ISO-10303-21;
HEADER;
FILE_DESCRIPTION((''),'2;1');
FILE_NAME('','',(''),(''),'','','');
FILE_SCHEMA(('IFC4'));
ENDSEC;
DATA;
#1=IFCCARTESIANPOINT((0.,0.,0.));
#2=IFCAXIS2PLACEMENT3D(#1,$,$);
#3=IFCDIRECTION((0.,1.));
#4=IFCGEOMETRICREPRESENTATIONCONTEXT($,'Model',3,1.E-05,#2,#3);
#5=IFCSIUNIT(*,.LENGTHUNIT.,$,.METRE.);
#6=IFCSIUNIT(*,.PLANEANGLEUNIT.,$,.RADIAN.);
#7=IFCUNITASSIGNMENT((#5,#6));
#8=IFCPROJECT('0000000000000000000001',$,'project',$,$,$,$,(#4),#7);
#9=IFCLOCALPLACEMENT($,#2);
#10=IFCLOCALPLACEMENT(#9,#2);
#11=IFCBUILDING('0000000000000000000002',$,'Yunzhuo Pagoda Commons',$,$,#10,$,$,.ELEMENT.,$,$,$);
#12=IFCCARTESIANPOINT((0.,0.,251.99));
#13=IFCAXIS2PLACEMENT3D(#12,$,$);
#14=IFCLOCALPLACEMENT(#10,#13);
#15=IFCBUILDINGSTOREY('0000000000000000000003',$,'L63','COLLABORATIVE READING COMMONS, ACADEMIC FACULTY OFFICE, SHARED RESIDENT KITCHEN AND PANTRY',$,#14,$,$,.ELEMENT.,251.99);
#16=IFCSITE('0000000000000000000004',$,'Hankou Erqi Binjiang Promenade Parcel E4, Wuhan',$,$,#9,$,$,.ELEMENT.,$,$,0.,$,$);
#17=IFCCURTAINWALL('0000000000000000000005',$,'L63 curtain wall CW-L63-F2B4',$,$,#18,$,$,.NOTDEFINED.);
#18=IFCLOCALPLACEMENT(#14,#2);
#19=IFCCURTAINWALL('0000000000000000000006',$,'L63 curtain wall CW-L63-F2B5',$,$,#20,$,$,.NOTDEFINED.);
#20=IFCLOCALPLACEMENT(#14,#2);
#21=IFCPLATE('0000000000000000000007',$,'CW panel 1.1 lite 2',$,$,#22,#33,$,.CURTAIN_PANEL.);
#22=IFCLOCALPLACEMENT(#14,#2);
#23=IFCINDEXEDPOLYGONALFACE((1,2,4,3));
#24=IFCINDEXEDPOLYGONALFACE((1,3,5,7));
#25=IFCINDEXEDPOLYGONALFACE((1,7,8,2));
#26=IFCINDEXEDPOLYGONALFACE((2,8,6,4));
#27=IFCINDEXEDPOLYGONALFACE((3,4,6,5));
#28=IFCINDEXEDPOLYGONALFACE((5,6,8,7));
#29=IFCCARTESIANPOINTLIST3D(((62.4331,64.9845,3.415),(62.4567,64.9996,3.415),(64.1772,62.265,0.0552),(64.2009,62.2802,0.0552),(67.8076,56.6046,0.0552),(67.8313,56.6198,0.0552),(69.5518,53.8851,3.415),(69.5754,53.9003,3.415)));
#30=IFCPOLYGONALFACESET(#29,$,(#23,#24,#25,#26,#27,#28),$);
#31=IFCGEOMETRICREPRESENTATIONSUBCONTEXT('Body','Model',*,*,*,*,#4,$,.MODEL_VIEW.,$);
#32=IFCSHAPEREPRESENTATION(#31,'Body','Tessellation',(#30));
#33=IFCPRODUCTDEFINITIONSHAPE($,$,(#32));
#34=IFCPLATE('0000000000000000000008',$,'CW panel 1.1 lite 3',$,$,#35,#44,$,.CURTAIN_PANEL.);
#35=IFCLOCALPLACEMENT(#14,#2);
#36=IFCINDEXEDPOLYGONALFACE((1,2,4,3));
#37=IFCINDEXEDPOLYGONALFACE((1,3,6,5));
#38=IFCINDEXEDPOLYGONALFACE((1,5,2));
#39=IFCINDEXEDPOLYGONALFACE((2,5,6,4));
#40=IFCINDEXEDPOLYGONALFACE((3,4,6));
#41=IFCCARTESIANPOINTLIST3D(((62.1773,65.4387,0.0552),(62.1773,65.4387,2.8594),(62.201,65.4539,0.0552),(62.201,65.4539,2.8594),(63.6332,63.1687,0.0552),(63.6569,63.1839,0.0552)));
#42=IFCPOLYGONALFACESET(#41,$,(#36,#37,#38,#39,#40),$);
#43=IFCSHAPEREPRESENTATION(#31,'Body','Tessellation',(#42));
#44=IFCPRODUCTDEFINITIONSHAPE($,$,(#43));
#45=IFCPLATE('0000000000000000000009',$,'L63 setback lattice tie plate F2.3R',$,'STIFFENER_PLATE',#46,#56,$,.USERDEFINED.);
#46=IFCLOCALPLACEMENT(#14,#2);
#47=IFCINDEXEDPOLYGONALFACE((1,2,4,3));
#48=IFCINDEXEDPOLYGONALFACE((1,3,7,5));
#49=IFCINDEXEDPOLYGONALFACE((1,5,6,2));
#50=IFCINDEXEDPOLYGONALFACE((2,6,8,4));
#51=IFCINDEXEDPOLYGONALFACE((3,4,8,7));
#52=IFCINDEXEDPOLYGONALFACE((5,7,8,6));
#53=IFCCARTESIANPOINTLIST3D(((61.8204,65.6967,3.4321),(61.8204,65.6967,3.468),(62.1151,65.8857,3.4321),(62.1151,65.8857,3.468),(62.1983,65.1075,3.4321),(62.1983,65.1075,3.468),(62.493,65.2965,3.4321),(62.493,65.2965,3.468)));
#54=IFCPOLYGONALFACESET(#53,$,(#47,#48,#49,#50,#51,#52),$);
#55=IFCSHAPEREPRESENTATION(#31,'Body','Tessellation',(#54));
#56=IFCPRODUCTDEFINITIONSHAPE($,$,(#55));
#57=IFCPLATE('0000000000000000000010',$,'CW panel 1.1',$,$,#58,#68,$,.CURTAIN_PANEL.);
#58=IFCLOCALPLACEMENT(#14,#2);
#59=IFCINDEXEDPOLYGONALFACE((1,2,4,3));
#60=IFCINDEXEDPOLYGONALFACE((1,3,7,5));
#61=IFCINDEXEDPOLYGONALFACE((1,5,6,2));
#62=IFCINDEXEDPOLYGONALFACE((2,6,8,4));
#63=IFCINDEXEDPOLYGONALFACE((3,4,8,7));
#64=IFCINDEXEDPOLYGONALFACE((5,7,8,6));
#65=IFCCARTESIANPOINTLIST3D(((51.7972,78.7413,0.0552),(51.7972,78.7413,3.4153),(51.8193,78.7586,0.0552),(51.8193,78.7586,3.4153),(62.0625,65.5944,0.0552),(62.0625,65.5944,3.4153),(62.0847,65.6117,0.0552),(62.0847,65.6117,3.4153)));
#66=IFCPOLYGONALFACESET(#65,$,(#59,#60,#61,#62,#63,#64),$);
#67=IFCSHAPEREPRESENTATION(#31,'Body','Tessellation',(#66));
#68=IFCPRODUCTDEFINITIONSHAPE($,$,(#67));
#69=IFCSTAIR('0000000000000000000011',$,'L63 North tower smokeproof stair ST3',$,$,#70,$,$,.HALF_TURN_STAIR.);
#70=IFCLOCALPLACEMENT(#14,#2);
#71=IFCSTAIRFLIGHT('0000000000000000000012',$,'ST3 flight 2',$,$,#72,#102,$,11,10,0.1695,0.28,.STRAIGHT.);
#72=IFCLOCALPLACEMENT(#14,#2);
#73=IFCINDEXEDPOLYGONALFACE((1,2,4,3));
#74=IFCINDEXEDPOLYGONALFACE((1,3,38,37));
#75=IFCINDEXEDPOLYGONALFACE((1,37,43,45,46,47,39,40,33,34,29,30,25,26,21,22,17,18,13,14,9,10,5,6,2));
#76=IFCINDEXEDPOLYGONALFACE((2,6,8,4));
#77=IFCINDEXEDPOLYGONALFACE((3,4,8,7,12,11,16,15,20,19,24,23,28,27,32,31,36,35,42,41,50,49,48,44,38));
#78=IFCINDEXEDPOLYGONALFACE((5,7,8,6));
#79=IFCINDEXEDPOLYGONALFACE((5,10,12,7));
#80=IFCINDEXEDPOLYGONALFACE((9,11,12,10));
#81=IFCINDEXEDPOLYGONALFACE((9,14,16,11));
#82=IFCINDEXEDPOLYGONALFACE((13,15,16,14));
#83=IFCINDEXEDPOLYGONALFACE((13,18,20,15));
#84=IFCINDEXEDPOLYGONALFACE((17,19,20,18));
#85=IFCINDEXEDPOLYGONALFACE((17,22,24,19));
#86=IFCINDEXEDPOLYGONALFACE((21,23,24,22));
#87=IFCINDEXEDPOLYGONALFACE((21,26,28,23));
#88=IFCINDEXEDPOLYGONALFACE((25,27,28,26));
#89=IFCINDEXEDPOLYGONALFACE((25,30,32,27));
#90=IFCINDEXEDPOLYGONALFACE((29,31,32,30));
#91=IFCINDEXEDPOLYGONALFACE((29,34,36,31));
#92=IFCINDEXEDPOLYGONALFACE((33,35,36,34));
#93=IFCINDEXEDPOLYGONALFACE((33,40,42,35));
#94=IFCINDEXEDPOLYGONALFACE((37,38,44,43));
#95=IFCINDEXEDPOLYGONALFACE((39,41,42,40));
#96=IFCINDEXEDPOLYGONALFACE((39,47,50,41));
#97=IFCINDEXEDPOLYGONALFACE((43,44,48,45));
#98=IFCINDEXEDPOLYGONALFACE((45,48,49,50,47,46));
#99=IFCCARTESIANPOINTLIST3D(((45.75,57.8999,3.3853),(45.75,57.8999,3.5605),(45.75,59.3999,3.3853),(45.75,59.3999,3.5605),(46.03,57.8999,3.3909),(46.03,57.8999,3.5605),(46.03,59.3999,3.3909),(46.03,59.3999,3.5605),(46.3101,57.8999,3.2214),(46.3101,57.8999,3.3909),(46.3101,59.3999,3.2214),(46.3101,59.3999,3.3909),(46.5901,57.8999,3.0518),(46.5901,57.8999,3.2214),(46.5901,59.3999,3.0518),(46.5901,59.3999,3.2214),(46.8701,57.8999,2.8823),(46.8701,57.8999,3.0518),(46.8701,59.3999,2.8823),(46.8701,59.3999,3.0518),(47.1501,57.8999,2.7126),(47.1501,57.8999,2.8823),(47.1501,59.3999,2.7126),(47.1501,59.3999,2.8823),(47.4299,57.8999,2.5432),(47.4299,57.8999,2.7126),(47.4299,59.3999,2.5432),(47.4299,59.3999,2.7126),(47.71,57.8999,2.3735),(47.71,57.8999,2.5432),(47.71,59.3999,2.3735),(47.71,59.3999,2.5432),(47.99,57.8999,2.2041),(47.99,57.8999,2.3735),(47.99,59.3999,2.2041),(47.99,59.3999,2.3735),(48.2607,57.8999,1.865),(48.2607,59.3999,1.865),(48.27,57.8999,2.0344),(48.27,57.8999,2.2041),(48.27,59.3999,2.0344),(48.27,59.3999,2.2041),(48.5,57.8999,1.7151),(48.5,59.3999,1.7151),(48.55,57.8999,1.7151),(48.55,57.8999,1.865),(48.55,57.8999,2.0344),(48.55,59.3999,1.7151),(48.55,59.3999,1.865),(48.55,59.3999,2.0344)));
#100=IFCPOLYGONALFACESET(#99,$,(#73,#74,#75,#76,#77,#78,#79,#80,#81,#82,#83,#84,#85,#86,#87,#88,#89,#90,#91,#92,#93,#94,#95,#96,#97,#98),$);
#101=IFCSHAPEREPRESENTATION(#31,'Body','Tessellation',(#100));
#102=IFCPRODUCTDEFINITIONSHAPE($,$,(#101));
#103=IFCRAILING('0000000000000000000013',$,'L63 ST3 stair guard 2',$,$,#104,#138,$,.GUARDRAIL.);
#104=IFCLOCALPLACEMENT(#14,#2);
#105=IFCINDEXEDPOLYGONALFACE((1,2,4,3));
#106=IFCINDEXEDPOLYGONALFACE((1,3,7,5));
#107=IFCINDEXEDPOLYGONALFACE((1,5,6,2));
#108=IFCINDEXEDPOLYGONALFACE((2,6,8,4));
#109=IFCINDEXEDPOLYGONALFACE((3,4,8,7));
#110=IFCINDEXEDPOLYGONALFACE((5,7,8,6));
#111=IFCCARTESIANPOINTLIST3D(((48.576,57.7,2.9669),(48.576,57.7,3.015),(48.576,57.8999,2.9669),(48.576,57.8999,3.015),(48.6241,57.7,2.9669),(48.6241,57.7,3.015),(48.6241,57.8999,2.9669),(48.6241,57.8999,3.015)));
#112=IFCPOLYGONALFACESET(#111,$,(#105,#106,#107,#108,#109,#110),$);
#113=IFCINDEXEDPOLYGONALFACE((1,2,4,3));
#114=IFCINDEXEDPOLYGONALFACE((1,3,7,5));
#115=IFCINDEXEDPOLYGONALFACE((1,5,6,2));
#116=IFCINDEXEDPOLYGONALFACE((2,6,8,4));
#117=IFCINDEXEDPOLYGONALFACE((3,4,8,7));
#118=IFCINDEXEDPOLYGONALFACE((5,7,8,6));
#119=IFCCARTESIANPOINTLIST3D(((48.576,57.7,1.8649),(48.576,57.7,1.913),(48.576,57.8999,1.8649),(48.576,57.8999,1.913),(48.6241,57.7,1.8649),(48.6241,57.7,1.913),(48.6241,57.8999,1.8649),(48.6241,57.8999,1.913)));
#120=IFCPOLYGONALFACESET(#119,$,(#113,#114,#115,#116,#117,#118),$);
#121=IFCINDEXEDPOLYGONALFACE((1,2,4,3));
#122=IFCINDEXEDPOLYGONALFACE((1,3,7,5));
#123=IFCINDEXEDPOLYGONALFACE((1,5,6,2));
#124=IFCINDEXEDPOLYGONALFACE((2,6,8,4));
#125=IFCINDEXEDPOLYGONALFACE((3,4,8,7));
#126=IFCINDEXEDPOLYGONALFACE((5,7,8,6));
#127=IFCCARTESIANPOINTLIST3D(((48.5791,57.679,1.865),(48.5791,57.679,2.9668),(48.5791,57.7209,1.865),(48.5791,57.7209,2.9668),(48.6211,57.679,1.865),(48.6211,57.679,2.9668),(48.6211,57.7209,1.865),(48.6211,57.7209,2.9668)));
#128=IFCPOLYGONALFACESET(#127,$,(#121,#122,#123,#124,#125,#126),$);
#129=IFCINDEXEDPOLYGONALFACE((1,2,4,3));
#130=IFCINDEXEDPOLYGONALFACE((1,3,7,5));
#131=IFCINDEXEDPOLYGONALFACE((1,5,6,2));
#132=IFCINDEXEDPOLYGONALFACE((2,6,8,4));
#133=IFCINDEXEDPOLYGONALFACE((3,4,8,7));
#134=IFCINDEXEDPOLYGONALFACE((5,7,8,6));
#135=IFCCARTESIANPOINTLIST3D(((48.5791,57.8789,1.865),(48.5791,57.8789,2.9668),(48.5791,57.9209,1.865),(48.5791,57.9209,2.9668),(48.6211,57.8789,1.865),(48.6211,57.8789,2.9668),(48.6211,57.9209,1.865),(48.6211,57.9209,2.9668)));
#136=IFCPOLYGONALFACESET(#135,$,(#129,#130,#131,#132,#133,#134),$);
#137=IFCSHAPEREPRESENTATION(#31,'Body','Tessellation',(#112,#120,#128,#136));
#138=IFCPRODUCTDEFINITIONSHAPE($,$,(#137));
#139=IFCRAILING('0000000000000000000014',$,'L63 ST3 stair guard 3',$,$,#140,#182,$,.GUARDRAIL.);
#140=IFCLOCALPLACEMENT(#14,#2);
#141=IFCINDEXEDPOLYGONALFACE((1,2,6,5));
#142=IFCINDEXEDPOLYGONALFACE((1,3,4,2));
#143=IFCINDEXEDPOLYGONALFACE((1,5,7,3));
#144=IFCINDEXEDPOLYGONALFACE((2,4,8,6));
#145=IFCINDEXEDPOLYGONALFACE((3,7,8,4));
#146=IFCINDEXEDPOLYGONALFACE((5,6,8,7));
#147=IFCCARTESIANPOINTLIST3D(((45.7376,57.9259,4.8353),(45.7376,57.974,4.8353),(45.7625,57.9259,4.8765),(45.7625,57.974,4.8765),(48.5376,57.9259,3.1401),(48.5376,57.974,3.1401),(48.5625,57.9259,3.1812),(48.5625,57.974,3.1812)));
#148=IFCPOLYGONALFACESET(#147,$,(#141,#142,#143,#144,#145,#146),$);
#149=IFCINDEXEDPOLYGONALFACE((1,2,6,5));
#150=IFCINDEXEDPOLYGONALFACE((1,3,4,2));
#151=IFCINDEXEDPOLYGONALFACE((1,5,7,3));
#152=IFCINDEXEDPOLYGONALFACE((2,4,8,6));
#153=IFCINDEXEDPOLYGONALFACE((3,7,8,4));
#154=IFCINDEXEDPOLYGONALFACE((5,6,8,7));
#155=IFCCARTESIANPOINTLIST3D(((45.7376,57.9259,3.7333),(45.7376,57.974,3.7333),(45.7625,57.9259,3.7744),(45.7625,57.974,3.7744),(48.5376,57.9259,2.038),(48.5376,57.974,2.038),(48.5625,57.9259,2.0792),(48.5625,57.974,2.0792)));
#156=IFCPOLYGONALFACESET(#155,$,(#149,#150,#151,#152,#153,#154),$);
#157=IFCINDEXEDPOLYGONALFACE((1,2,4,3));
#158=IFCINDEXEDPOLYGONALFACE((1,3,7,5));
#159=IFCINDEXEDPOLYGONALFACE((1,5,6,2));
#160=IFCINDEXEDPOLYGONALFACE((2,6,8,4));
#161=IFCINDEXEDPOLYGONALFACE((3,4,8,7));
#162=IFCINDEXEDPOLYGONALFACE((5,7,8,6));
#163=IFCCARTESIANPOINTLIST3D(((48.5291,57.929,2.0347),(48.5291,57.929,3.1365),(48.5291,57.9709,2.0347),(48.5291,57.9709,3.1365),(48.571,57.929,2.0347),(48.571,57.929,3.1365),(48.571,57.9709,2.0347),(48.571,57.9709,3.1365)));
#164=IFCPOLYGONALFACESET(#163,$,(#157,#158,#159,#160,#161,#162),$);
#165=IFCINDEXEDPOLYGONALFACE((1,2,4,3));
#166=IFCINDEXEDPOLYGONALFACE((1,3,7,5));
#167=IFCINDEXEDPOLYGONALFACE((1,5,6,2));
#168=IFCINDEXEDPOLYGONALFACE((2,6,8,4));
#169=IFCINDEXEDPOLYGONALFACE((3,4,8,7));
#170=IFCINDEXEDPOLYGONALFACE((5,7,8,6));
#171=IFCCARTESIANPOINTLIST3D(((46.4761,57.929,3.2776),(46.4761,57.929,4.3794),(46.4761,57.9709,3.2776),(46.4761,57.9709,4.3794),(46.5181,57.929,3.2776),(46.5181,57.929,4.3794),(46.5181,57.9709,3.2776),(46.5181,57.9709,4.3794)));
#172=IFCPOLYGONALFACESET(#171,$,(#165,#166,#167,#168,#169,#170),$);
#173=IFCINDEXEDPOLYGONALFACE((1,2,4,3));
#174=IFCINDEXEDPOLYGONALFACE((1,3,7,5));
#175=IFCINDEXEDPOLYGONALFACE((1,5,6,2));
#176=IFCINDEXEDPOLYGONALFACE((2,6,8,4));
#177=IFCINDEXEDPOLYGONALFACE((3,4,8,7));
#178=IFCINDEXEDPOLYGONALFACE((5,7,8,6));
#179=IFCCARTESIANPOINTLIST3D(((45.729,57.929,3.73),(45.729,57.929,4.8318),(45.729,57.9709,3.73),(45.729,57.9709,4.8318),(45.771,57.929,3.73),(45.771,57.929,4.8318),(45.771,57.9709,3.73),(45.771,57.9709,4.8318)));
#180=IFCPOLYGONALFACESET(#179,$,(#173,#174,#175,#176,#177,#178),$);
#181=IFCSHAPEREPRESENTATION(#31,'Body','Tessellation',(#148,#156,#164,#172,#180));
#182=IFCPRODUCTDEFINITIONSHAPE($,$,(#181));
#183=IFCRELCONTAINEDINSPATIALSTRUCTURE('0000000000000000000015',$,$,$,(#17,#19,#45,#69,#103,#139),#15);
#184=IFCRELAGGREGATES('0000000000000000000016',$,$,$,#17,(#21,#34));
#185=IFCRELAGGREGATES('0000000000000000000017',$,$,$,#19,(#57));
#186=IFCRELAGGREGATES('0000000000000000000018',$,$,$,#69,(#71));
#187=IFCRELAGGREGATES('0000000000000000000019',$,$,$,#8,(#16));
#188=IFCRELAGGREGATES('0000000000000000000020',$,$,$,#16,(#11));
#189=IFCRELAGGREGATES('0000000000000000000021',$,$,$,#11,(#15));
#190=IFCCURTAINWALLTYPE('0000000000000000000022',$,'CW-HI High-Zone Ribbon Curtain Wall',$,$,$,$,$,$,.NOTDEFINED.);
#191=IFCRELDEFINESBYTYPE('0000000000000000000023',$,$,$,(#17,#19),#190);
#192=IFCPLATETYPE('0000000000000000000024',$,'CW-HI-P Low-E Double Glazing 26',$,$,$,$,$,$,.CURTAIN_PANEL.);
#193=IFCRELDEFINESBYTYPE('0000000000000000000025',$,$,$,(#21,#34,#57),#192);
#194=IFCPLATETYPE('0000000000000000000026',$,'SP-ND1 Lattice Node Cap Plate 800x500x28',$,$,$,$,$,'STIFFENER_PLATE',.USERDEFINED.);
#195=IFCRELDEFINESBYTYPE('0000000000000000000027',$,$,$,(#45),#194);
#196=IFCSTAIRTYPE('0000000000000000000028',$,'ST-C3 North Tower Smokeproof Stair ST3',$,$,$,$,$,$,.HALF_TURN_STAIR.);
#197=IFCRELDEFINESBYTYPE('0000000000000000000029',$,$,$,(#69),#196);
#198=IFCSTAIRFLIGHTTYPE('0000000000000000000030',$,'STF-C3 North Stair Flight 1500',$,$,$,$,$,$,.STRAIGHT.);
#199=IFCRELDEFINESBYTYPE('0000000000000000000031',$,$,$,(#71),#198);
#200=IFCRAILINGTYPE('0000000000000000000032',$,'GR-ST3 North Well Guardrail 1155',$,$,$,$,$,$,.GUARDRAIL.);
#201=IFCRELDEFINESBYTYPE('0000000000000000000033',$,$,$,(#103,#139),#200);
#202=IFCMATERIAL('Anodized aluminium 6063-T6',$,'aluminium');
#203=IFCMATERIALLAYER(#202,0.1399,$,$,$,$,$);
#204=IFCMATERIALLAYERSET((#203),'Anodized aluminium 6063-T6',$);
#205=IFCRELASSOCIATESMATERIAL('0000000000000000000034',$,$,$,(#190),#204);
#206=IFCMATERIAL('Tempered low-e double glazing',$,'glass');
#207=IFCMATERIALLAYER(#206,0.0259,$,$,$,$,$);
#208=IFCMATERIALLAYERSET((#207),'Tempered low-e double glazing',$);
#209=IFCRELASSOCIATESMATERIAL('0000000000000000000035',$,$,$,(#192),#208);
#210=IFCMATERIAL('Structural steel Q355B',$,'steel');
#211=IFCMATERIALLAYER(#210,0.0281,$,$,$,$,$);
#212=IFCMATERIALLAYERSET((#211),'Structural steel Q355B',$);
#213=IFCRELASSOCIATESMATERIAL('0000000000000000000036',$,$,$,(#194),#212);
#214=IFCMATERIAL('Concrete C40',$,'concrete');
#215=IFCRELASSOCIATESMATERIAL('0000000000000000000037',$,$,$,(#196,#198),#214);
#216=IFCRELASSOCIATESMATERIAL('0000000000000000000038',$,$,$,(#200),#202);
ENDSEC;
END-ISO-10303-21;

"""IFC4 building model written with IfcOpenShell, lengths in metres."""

from ifc_helpers import new_model, si_unit, direction, frame, origin, origin_2d, place, context, subcontext, project, spatial, polyline, rectangle, outline, extrude, source, transform, mapped, material, layer, layer_set, type_object, element, aggregate, save


model = new_model("IFC4")

# Units and contexts
model_context = context("Model", 3, precision=1e-05, world=origin(), true_north=direction((0.0, 1.0)))
body_context = subcontext(model_context, "Body", "Model", "MODEL_VIEW")
ifc_project = project(units=[si_unit("LENGTHUNIT", "METRE"), si_unit("PLANEANGLEUNIT", "RADIAN")], contexts=[model_context])

# Site, building, storey
site_placement = place(None, origin())
site = spatial("IfcSite", under=ifc_project, at=site_placement, Name="Hankou Erqi Binjiang Promenade Parcel E4, Wuhan", CompositionType="ELEMENT", RefElevation=0.0)
building_placement = place(site_placement, origin())
building = spatial("IfcBuilding", under=site, at=building_placement, Name="Yunzhuo Pagoda Commons", CompositionType="ELEMENT")
storey_placement = place(building_placement, frame((0.0, 0.0, 251.99)))
storey = spatial("IfcBuildingStorey", under=building, at=storey_placement, Name="L63", Description="COLLABORATIVE READING COMMONS, ACADEMIC FACULTY OFFICE, SHARED RESIDENT KITCHEN AND PANTRY", CompositionType="ELEMENT", Elevation=251.99)

# Shared definitions
ifc_material_1 = material(Name="Structural steel Q355B", Category="steel")

# Curtain wall
ifc_material_2 = material(Name="Anodized aluminium 6063-T6", Category="aluminium")
ifc_layer_1 = layer(ifc_material_2, 0.1399)
ifc_layer_set_1 = layer_set([ifc_layer_1], Name="Anodized aluminium 6063-T6")
curtain_wall_type = type_object("IfcCurtainWallType", Name="CW-HI High-Zone Ribbon Curtain Wall", PredefinedType="NOTDEFINED", material=ifc_layer_set_1)
curtain_wall_1_placement = place(storey_placement, origin())
curtain_wall_1 = element("IfcCurtainWall", 1, at=curtain_wall_1_placement, inside=storey, type_object=curtain_wall_type, Name="L63 curtain wall CW-L63-F2B4", PredefinedType="NOTDEFINED")

# Curtain wall
curtain_wall_2_placement = place(storey_placement, origin())
curtain_wall_2 = element("IfcCurtainWall", 2, at=curtain_wall_2_placement, inside=storey, type_object=curtain_wall_type, Name="L63 curtain wall CW-L63-F2B5", PredefinedType="NOTDEFINED")

# Plates
ifc_material_3 = material(Name="Tempered low-e double glazing", Category="glass")
ifc_layer_2 = layer(ifc_material_3, 0.0259)
ifc_layer_set_2 = layer_set([ifc_layer_2], Name="Tempered low-e double glazing")
plate_type_1 = type_object("IfcPlateType", Name="CW-HI-P Low-E Double Glazing 26", PredefinedType="CURTAIN_PANEL", material=ifc_layer_set_2)
plate_1_placement = place(storey_placement, frame((65.9924, 59.4348, 1.7351), z_axis=(0.84175, 0.539867, 0.0), x_axis=(-0.539867, 0.84175, 0.0)))
plate_1 = element("IfcPlate", 3, at=plate_1_placement, type_object=plate_type_1, Name="CW panel 1.1 lite 2", PredefinedType="CURTAIN_PANEL", context=body_context, shape_type="SweptSolid", body=[
    extrude(outline(polyline([(-6.593, 1.6799), (-3.3623, -1.6799), (3.3623, -1.6799), (6.593, 1.6799), (-6.593, 1.6799)])), origin(), (0.0, 0.0, 1.0), 0.0281),
])
plate_2_placement = place(storey_placement, frame((62.9053, 64.3037, 1.4573), z_axis=(0.84175, 0.539867, 0.0), x_axis=(-0.539867, 0.84175, 0.0)))
plate_2 = element("IfcPlate", 4, at=plate_2_placement, type_object=plate_type_1, Name="CW panel 1.1 lite 3", PredefinedType="CURTAIN_PANEL", context=body_context, shape_type="SweptSolid", body=[
    extrude(outline(polyline([(-1.3484, -1.4021), (1.3484, -1.4021), (1.3484, 1.4021), (-1.3484, -1.4021)])), origin(), (0.0, 0.0, 1.0), 0.0281),
])
aggregate(curtain_wall_1, [plate_1, plate_2])
ifc_layer_3 = layer(ifc_material_1, 0.0281)
ifc_layer_set_3 = layer_set([ifc_layer_3], Name="Structural steel Q355B")
plate_type_2 = type_object("IfcPlateType", Name="SP-ND1 Lattice Node Cap Plate 800x500x28", ElementType="STIFFENER_PLATE", PredefinedType="USERDEFINED", material=ifc_layer_set_3)
shared_shape_1 = source(origin(), body_context, "Body", "SweptSolid", [
    extrude(rectangle(XDim=0.7, YDim=0.3501, at=origin_2d()), origin(), (0.0, 0.0, 1.0), 0.0359),
])
plate_3_placement = place(storey_placement, frame((62.1567, 65.4966, 3.4321), z_axis=(0.0, 0.0, 1.0), x_axis=(-0.539873, 0.841746, 0.0)))
element("IfcPlate", 5, at=plate_3_placement, inside=storey, type_object=plate_type_2, Name="L63 setback lattice tie plate F2.3R", ObjectType="STIFFENER_PLATE", PredefinedType="USERDEFINED", context=body_context, shape_type="MappedRepresentation", body=[
    mapped(shared_shape_1, transform((0.0, 0.0, 0.0), scale=1.0)),
])
shared_shape_2 = source(origin(), body_context, "Body", "SweptSolid", [
    extrude(rectangle(XDim=16.6799, YDim=0.0281, at=origin_2d()), origin(), (0.0, 0.0, 1.0), 3.3601),
])
plate_4_placement = place(storey_placement, frame((56.9409, 72.1765, 0.0552), z_axis=(0.0, 0.0, 1.0), x_axis=(-0.615433, 0.78819, 0.0)))
plate_4 = element("IfcPlate", 6, at=plate_4_placement, type_object=plate_type_1, Name="CW panel 1.1", PredefinedType="CURTAIN_PANEL", context=body_context, shape_type="MappedRepresentation", body=[
    mapped(shared_shape_2, transform((0.0, 0.0, 0.0), scale=1.0)),
])
aggregate(curtain_wall_2, [plate_4])

# Stair, stair flight
ifc_material_4 = material(Name="Concrete C40", Category="concrete")
stair_type = type_object("IfcStairType", Name="ST-C3 North Tower Smokeproof Stair ST3", PredefinedType="HALF_TURN_STAIR", material=ifc_material_4)
stair_placement = place(storey_placement, origin())
stair = element("IfcStair", 7, at=stair_placement, inside=storey, type_object=stair_type, Name="L63 North tower smokeproof stair ST3", PredefinedType="HALF_TURN_STAIR")
stair_flight_type = type_object("IfcStairFlightType", Name="STF-C3 North Stair Flight 1500", PredefinedType="STRAIGHT", material=ifc_material_4)
shared_shape_3 = source(origin(), body_context, "Body", "SweptSolid", [
    extrude(outline(polyline([(0.0, -0.1499), (0.0, 0.0), (0.0, 0.1694), (0.28, 0.1694), (0.28, 0.3391), (0.5601, 0.3391), (0.5601, 0.5085), (0.8401, 0.5085), (0.8401, 0.6782), (1.1201, 0.6782), (1.1201, 0.8477), (1.3999, 0.8477), (1.3999, 1.0173), (1.6799, 1.0173), (1.6799, 1.1868), (1.96, 1.1868), (1.96, 1.3564), (2.24, 1.3564), (2.24, 1.5259), (2.52, 1.5259), (2.52, 1.6956), (2.8, 1.6956), (2.8, 1.865), (2.8, 1.5203), (0.2893, 0.0), (0.05, -0.1499), (0.0, -0.1499)])), frame((0.0, 0.75, 0.0), z_axis=(0.0, -1.0, 0.0), x_axis=(1.0, 0.0, 0.0)), (0.0, 0.0, 1.0), 1.5),
])
stair_flight_placement = place(storey_placement, frame((48.55, 58.6499, 1.865), z_axis=(0.0, 0.0, 1.0), x_axis=(-1.0, 0.0, 0.0)))
stair_flight = element("IfcStairFlight", 8, at=stair_flight_placement, type_object=stair_flight_type, Name="ST3 flight 2", NumberOfRisers=11, NumberOfTreads=10, PredefinedType="STRAIGHT", RiserHeight=0.1695, TreadLength=0.28, context=body_context, shape_type="MappedRepresentation", body=[
    mapped(shared_shape_3, transform((0.0, 0.0, 0.0), scale=1.0)),
])
aggregate(stair, [stair_flight])

# Railings
railing_type_1 = type_object("IfcRailingType", Name="GR-ST3 North Well Guardrail 1155", PredefinedType="GUARDRAIL", material=ifc_material_2)
railing_1_placement = place(storey_placement, frame((48.6001, 57.7, 1.865)))
element("IfcRailing", 9, at=railing_1_placement, inside=storey, type_object=railing_type_1, Name="L63 ST3 stair guard 2", PredefinedType="GUARDRAIL", context=body_context, shape_type="SweptSolid", body=[
    extrude(rectangle(XDim=0.0481, YDim=0.0481, at=origin_2d()), frame((0.0, 0.0, 1.126), z_axis=(0.0, 1.0, 0.0), x_axis=(-1.0, 0.0, 0.0)), (0.0, 0.0, 1.0), 0.2),
    extrude(rectangle(XDim=0.0481, YDim=0.0481, at=origin_2d()), frame((0.0, 0.0, 0.0239), z_axis=(0.0, 1.0, 0.0), x_axis=(-1.0, 0.0, 0.0)), (0.0, 0.0, 1.0), 0.2),
    extrude(rectangle(XDim=0.042, YDim=0.042, at=origin_2d()), origin(), (0.0, 0.0, 1.0), 1.1018),
    extrude(rectangle(XDim=0.042, YDim=0.042, at=origin_2d()), frame((0.0, 0.2, 0.0)), (0.0, 0.0, 1.0), 1.1018),
])
railing_2_placement = place(storey_placement, frame((48.55, 57.95, 2.0347)))
element("IfcRailing", 10, at=railing_2_placement, inside=storey, type_object=railing_type_1, Name="L63 ST3 stair guard 3", PredefinedType="GUARDRAIL", context=body_context, shape_type="SweptSolid", body=[
    extrude(rectangle(XDim=0.0481, YDim=0.0481, at=origin_2d()), frame((0.0, 0.0, 1.126), z_axis=(-0.855426, 0.0, 0.517925), x_axis=(0.0, -1.0, 0.0)), (0.0, 0.0, 1.0), 3.2732),
    extrude(rectangle(XDim=0.0481, YDim=0.0481, at=origin_2d()), frame((0.0, 0.0, 0.0239), z_axis=(-0.855426, 0.0, 0.517925), x_axis=(0.0, -1.0, 0.0)), (0.0, 0.0, 1.0), 3.2732),
    extrude(rectangle(XDim=0.042, YDim=0.042, at=origin_2d()), origin(), (0.0, 0.0, 1.0), 1.1018),
    extrude(rectangle(XDim=0.042, YDim=0.042, at=origin_2d()), frame((-2.053, 0.0, 1.2429)), (0.0, 0.0, 1.0), 1.1018),
    extrude(rectangle(XDim=0.042, YDim=0.042, at=origin_2d()), frame((-2.8, 0.0, 1.6953)), (0.0, 0.0, 1.0), 1.1018),
])

save(model, "model.ifc")
